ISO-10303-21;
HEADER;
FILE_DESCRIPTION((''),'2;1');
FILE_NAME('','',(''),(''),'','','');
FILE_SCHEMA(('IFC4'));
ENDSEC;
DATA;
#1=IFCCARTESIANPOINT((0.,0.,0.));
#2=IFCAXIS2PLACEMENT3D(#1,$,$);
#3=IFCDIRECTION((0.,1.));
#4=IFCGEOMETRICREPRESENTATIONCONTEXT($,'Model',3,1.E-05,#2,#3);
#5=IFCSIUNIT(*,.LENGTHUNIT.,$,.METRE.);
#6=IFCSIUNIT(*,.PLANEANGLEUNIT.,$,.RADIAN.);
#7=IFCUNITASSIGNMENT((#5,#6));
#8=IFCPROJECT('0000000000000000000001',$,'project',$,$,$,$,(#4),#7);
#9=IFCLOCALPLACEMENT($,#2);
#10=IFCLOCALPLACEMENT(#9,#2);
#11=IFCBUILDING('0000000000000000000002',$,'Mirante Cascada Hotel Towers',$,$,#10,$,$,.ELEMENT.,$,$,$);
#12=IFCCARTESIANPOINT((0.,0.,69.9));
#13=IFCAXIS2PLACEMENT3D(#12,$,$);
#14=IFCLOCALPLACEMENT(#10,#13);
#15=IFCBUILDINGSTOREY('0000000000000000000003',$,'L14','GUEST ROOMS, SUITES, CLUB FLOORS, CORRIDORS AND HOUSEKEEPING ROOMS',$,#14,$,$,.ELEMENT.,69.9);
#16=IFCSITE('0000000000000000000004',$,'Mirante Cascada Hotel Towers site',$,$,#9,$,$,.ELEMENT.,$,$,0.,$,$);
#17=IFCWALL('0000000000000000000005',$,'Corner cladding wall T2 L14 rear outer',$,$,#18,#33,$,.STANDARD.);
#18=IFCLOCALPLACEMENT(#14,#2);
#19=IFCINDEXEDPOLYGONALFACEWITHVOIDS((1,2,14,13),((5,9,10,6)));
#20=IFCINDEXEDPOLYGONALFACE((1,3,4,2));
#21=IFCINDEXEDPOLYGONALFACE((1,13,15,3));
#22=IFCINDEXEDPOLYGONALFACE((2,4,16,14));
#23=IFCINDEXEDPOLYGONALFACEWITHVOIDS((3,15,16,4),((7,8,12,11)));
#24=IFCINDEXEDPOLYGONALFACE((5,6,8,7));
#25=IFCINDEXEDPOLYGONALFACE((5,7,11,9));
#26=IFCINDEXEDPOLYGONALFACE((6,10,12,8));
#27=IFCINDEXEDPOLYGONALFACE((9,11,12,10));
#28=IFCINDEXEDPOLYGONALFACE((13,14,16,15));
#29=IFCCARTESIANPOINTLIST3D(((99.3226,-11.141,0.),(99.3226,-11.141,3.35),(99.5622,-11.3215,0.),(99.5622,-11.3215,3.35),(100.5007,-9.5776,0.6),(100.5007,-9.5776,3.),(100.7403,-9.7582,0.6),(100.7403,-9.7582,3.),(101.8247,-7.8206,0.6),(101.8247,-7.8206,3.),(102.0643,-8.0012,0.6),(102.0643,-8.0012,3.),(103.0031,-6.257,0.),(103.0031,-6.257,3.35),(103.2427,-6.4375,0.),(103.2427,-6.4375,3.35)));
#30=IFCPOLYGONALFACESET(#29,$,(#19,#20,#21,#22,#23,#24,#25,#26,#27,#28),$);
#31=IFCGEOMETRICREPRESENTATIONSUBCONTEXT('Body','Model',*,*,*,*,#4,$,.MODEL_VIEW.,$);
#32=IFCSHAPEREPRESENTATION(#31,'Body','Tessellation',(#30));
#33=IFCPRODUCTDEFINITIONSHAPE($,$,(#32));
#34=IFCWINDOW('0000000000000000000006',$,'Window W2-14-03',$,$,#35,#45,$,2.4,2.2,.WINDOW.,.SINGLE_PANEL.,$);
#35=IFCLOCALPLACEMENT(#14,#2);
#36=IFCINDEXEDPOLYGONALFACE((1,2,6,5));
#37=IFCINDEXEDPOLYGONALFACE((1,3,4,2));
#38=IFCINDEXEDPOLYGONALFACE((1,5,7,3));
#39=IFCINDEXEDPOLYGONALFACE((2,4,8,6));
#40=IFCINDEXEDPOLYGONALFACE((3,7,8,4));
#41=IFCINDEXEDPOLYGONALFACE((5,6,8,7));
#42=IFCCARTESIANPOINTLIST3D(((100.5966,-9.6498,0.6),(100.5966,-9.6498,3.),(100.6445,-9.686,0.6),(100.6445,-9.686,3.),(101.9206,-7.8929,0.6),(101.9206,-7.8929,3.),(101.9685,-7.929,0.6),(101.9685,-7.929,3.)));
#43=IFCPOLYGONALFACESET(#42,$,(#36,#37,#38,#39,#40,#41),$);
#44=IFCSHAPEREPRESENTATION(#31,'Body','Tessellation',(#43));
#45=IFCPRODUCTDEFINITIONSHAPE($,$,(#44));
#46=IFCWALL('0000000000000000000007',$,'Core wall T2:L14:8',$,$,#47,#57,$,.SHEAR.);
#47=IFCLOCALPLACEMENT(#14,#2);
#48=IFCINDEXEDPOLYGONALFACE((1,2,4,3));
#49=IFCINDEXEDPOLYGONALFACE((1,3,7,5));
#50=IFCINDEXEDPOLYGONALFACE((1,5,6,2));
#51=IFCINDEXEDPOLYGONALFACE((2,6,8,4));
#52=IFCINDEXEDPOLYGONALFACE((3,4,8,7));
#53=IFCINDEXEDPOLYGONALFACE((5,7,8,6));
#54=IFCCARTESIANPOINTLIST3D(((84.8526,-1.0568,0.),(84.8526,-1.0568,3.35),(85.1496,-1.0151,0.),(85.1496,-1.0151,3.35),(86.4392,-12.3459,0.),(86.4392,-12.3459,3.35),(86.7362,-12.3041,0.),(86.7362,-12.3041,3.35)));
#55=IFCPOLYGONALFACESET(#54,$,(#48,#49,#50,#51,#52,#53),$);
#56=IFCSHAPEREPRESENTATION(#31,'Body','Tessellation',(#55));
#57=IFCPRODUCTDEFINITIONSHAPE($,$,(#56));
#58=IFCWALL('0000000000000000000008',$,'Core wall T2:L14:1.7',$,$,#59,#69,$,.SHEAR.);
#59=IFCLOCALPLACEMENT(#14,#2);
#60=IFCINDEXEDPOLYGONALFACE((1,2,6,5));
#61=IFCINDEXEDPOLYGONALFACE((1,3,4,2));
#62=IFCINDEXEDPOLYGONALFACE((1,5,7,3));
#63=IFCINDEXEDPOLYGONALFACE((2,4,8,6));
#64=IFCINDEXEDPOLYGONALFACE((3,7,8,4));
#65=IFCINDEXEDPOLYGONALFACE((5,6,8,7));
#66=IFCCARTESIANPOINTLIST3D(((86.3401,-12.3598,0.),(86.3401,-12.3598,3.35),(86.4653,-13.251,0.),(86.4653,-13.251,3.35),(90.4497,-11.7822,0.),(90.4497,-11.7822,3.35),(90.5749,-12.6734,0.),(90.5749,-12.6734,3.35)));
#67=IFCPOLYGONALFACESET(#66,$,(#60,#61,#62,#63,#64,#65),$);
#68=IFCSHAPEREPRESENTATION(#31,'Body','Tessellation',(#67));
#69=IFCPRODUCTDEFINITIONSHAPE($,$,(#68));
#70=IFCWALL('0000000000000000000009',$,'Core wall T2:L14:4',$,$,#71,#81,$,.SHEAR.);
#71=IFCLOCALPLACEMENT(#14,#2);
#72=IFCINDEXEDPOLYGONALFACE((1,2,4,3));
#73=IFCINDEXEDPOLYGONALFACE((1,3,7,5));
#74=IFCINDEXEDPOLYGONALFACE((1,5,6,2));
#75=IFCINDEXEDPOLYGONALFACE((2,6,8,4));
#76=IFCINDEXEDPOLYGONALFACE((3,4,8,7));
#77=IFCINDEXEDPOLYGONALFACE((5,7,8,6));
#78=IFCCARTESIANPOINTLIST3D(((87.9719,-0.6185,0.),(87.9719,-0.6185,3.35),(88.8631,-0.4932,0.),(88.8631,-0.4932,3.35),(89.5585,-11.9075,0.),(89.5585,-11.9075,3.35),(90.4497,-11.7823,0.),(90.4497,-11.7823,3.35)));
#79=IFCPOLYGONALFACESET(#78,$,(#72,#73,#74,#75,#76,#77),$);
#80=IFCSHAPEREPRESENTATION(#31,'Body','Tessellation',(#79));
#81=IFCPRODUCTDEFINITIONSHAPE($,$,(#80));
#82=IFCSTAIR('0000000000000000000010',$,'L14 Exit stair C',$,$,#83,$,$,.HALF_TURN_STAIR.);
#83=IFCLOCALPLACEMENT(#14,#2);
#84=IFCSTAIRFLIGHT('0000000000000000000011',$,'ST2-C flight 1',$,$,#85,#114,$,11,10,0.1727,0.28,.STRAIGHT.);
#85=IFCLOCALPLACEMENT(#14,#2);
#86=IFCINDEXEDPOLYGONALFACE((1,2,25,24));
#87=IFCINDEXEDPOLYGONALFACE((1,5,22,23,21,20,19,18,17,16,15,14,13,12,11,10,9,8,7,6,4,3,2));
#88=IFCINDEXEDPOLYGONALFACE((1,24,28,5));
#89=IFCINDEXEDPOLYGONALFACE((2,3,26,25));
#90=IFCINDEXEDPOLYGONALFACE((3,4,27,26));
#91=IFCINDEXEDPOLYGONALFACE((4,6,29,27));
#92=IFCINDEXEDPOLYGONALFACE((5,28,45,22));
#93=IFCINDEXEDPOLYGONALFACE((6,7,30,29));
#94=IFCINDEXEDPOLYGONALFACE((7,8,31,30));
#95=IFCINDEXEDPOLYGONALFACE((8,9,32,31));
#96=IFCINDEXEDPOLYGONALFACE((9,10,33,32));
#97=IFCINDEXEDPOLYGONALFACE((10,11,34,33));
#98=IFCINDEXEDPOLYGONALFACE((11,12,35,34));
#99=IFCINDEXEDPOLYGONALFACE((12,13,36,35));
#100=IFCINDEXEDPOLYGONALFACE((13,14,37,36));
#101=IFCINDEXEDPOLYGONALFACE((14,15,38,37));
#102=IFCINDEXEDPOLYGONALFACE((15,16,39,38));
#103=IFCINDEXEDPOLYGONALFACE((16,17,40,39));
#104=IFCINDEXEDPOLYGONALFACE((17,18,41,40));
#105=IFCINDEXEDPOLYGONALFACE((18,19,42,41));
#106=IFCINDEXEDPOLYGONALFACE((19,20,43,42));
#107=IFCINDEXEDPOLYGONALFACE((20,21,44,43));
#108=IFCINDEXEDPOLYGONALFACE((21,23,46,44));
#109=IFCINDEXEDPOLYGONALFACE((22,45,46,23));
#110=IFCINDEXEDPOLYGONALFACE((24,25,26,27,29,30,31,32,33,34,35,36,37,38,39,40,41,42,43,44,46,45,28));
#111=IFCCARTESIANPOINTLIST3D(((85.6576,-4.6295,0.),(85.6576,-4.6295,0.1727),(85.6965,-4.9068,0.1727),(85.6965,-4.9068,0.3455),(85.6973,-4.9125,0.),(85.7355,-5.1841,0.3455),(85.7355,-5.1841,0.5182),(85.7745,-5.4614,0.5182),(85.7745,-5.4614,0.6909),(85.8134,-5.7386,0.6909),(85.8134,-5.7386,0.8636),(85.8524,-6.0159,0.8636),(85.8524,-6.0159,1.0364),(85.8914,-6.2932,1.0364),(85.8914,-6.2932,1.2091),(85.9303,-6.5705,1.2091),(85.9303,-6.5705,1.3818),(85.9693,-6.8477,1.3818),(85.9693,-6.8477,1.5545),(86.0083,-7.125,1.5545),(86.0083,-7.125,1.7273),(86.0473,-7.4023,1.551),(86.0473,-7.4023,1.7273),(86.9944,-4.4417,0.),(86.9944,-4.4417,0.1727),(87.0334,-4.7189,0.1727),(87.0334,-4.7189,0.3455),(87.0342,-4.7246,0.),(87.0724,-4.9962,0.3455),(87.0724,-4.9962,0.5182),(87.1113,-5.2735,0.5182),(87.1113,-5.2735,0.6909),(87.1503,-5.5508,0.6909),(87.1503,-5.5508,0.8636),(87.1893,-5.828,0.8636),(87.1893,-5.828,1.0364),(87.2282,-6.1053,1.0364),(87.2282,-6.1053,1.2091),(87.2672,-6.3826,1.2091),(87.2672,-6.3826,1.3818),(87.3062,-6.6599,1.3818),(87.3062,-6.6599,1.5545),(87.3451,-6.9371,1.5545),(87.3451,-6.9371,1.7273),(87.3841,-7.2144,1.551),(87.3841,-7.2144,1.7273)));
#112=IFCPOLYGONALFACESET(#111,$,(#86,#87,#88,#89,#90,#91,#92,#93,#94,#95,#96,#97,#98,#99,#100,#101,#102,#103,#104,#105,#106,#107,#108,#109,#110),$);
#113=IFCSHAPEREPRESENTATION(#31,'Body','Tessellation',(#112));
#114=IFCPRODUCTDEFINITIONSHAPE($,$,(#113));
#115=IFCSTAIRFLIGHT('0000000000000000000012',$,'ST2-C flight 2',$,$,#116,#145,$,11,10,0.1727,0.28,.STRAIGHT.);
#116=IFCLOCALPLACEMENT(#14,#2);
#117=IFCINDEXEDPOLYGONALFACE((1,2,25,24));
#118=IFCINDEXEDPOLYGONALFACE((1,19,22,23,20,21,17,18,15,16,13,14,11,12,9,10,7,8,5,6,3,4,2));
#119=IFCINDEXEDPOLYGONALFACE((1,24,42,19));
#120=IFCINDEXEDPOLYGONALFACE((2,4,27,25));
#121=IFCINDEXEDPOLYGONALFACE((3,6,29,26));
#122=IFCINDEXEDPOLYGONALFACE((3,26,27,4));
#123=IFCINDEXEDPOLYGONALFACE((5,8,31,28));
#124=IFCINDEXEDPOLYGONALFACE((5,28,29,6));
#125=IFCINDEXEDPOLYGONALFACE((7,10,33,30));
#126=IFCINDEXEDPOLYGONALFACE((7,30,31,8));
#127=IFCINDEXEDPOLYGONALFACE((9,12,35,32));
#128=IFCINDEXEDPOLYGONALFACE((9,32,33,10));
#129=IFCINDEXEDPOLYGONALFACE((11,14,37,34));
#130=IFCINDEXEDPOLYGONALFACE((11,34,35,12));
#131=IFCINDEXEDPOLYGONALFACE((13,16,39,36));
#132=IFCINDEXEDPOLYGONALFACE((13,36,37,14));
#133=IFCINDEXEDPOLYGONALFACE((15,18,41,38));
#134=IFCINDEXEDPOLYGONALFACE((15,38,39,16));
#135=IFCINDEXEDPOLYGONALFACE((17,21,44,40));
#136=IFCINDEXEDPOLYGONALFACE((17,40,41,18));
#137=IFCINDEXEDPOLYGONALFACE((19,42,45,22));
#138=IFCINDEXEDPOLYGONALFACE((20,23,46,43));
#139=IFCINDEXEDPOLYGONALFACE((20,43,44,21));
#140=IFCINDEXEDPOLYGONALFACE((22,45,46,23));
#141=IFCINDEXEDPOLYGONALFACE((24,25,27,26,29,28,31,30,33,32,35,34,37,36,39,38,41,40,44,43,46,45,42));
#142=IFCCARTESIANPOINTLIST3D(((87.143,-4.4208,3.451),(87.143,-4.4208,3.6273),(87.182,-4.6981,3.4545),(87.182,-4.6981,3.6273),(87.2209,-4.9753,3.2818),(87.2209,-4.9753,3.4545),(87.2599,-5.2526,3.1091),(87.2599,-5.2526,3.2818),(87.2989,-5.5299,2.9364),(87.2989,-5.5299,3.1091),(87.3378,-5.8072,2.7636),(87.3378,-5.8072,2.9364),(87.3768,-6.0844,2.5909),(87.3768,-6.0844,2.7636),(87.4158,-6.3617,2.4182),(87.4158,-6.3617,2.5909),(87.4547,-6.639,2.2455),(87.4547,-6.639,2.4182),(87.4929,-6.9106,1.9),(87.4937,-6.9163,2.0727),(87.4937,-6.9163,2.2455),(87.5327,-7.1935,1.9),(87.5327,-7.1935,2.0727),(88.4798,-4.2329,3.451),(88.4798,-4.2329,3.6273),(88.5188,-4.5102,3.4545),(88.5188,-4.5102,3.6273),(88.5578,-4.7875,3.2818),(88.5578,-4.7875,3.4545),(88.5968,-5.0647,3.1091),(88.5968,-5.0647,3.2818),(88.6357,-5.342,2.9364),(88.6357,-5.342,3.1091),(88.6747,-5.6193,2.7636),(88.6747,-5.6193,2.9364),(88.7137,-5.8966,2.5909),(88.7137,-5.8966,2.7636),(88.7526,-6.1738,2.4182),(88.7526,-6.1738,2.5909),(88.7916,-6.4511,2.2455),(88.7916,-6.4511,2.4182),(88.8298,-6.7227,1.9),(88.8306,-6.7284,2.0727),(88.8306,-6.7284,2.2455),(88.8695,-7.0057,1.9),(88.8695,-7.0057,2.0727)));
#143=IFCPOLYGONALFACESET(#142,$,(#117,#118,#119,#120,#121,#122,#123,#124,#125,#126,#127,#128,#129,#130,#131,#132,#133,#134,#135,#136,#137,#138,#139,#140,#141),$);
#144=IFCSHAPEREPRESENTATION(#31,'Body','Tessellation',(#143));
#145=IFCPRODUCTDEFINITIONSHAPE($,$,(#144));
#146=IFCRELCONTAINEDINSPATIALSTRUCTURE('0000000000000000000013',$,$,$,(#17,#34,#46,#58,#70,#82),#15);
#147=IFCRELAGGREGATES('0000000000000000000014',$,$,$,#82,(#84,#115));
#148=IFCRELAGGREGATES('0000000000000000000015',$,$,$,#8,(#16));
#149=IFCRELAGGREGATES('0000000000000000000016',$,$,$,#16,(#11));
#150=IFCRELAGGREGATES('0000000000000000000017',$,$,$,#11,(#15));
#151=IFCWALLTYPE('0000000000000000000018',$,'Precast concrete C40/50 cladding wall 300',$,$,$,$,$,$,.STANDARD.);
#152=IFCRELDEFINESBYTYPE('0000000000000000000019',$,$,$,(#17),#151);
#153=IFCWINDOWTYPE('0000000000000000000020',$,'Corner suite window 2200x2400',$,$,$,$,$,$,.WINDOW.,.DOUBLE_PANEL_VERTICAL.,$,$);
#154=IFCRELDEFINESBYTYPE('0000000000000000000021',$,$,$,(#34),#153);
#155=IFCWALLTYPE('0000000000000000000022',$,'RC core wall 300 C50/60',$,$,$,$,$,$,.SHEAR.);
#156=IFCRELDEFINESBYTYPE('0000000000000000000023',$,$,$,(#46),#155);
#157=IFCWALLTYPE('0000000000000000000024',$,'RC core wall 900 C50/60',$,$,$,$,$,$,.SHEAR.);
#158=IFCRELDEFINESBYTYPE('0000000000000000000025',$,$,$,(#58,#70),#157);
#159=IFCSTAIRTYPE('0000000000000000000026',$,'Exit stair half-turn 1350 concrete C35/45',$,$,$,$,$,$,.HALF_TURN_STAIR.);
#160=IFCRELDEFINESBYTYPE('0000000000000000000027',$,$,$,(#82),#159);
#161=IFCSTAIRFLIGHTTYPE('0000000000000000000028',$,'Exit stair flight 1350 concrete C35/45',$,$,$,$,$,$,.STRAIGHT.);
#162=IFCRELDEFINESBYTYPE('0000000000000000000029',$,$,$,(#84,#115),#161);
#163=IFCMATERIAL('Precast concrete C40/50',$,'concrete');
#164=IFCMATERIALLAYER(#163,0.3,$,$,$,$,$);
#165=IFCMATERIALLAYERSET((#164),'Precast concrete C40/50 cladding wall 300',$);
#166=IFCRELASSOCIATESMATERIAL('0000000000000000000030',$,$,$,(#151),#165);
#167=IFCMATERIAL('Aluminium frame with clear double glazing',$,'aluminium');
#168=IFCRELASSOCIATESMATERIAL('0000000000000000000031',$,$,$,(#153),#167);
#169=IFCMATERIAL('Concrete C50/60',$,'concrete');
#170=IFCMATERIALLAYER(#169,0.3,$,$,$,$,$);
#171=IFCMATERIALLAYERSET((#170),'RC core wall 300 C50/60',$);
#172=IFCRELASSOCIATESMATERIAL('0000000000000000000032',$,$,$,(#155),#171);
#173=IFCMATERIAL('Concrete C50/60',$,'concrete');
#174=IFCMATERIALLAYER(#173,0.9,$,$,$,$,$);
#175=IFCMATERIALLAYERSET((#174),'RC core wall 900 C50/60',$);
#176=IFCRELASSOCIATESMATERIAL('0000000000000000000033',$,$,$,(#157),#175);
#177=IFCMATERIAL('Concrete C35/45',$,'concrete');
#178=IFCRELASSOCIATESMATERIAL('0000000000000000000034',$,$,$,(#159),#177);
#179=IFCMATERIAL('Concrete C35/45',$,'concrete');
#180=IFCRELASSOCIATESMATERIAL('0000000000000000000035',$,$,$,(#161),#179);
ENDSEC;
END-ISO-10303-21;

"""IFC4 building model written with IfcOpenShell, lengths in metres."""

from ifc_helpers import new_model, si_unit, direction, frame, frame_2d, origin, place, context, subcontext, project, spatial, polyline, rectangle, outline, extrude, material, layer, layer_set, type_object, element, fill, aggregate, save


model = new_model("IFC4")

# Units and contexts
model_context = context("Model", 3, precision=1e-05, world=origin(), true_north=direction((0.0, 1.0)))
body_context = subcontext(model_context, "Body", "Model", "MODEL_VIEW")
ifc_project = project(units=[si_unit("LENGTHUNIT", "METRE"), si_unit("PLANEANGLEUNIT", "RADIAN")], contexts=[model_context])

# Site, building, storey
site_placement = place(None, origin())
site = spatial("IfcSite", under=ifc_project, at=site_placement, Name="Mirante Cascada Hotel Towers site", CompositionType="ELEMENT", RefElevation=0.0)
building_placement = place(site_placement, origin())
building = spatial("IfcBuilding", under=site, at=building_placement, Name="Mirante Cascada Hotel Towers", CompositionType="ELEMENT")
storey_placement = place(building_placement, frame((0.0, 0.0, 69.9)))
storey = spatial("IfcBuildingStorey", under=building, at=storey_placement, Name="L14", Description="GUEST ROOMS, SUITES, CLUB FLOORS, CORRIDORS AND HOUSEKEEPING ROOMS", CompositionType="ELEMENT", Elevation=69.9)

# Shared definitions
ifc_material_1 = material(Name="Precast concrete C40/50", Category="concrete")
ifc_layer_1 = layer(ifc_material_1, 0.3)
ifc_layer_set_1 = layer_set([ifc_layer_1], Name="Precast concrete C40/50 cladding wall 300")
wall_type_1 = type_object("IfcWallType", Name="Precast concrete C40/50 cladding wall 300", PredefinedType="STANDARD", material=ifc_layer_set_1)

# Wall, opening, window
wall_1_placement = place(storey_placement, frame((99.4424, -11.2313, 0.0), z_axis=(0.0, 0.0, 1.0), x_axis=(0.601819, 0.798632, 0.0)))
wall_1 = element("IfcWall", 1, at=wall_1_placement, inside=storey, type_object=wall_type_1, Name="Corner cladding wall T2 L14 rear outer", PredefinedType="STANDARD", context=body_context, shape_type="SweptSolid", body=[
    extrude(rectangle(XDim=6.1155, YDim=0.3, at=frame_2d((3.0578, 0.0))), origin(), (0.0, 0.0, 1.0), 3.35),
])
opening_1_placement = place(wall_1_placement, frame((1.9576, 0.0, 0.6)))
opening_1 = element("IfcOpeningElement", 2, at=opening_1_placement, cuts=wall_1, PredefinedType="OPENING", context=body_context, shape_type="SweptSolid", body=[
    extrude(rectangle(XDim=2.2, YDim=2.4, at=frame_2d((1.1, 1.2))), frame((0.0, 0.15, 0.0), z_axis=(0.0, -1.0, 0.0), x_axis=(1.0, 0.0, 0.0)), (0.0, 0.0, 1.0), 0.3),
])
ifc_material_2 = material(Name="Aluminium frame with clear double glazing", Category="aluminium")
window_type_1 = type_object("IfcWindowType", Name="Corner suite window 2200x2400", PartitioningType="DOUBLE_PANEL_VERTICAL", PredefinedType="WINDOW", material=ifc_material_2)
window_1_placement = place(opening_1_placement, origin())
window_1 = element("IfcWindow", 3, at=window_1_placement, inside=storey, type_object=window_type_1, Name="Window W2-14-03", OverallHeight=2.4, OverallWidth=2.2, PartitioningType="SINGLE_PANEL", PredefinedType="WINDOW", context=body_context, shape_type="SweptSolid", body=[
    extrude(rectangle(XDim=2.2, YDim=2.4, at=frame_2d((1.1, 1.2))), frame((0.0, 0.03, 0.0), z_axis=(0.0, -1.0, 0.0), x_axis=(1.0, 0.0, 0.0)), (0.0, 0.0, 1.0), 0.06),
])
fill(opening_1, window_1)

# Walls
ifc_material_3 = material(Name="Concrete C50/60", Category="concrete")
ifc_layer_2 = layer(ifc_material_3, 0.3)
ifc_layer_set_2 = layer_set([ifc_layer_2], Name="RC core wall 300 C50/60")
wall_type_2 = type_object("IfcWallType", Name="RC core wall 300 C50/60", PredefinedType="SHEAR", material=ifc_layer_set_2)
wall_2_placement = place(storey_placement, frame((86.5877, -12.325, 0.0), z_axis=(0.0, 0.0, 1.0), x_axis=(-0.139175, 0.990268, 0.0)))
element("IfcWall", 4, at=wall_2_placement, inside=storey, type_object=wall_type_2, Name="Core wall T2:L14:8", PredefinedType="SHEAR", context=body_context, shape_type="SweptSolid", body=[
    extrude(rectangle(XDim=11.4, YDim=0.3, at=frame_2d((5.7, 0.0))), origin(), (0.0, 0.0, 1.0), 3.35),
])
ifc_material_4 = material(Name="Concrete C50/60", Category="concrete")
ifc_layer_3 = layer(ifc_material_4, 0.9)
ifc_layer_set_3 = layer_set([ifc_layer_3], Name="RC core wall 900 C50/60")
wall_type_3 = type_object("IfcWallType", Name="RC core wall 900 C50/60", PredefinedType="SHEAR", material=ifc_layer_set_3)
wall_3_placement = place(storey_placement, frame((86.4027, -12.8054, 0.0), z_axis=(0.0, 0.0, 1.0), x_axis=(0.990267, 0.139181, 0.0)))
element("IfcWall", 5, at=wall_3_placement, inside=storey, type_object=wall_type_3, Name="Core wall T2:L14:1.7", PredefinedType="SHEAR", context=body_context, shape_type="SweptSolid", body=[
    extrude(rectangle(XDim=4.15, YDim=0.9, at=frame_2d((2.075, 0.0))), origin(), (0.0, 0.0, 1.0), 3.35),
])
wall_4_placement = place(storey_placement, frame((90.0041, -11.8449, 0.0), z_axis=(0.0, 0.0, 1.0), x_axis=(-0.139175, 0.990268, 0.0)))
element("IfcWall", 6, at=wall_4_placement, inside=storey, type_object=wall_type_3, Name="Core wall T2:L14:4", PredefinedType="SHEAR", context=body_context, shape_type="SweptSolid", body=[
    extrude(rectangle(XDim=11.4, YDim=0.9, at=frame_2d((5.7, 0.0))), origin(), (0.0, 0.0, 1.0), 3.35),
])

# Stair, stair flights
ifc_material_5 = material(Name="Concrete C35/45", Category="concrete")
stair_type = type_object("IfcStairType", Name="Exit stair half-turn 1350 concrete C35/45", PredefinedType="HALF_TURN_STAIR", material=ifc_material_5)
stair_placement = place(storey_placement, origin())
stair = element("IfcStair", 7, at=stair_placement, inside=storey, type_object=stair_type, Name="L14 Exit stair C", PredefinedType="HALF_TURN_STAIR")
ifc_material_6 = material(Name="Concrete C35/45", Category="concrete")
stair_flight_type = type_object("IfcStairFlightType", Name="Exit stair flight 1350 concrete C35/45", PredefinedType="STRAIGHT", material=ifc_material_6)
stair_flight_1_placement = place(storey_placement, frame((86.326, -4.5356, 0.0), z_axis=(0.0, 0.0, 1.0), x_axis=(0.139173, -0.990268, 0.0)))
stair_flight_1 = element("IfcStairFlight", 8, at=stair_flight_1_placement, type_object=stair_flight_type, Name="ST2-C flight 1", NumberOfRisers=11, NumberOfTreads=10, PredefinedType="STRAIGHT", RiserHeight=0.1727, TreadLength=0.28, context=body_context, shape_type="SweptSolid", body=[
    extrude(outline(polyline([(0.0, 0.0), (0.0, 0.1727), (0.28, 0.1727), (0.28, 0.3455), (0.56, 0.3455), (0.56, 0.5182), (0.84, 0.5182), (0.84, 0.6909), (1.12, 0.6909), (1.12, 0.8636), (1.4, 0.8636), (1.4, 1.0364), (1.68, 1.0364), (1.68, 1.2091), (1.96, 1.2091), (1.96, 1.3818), (2.24, 1.3818), (2.24, 1.5545), (2.52, 1.5545), (2.52, 1.7273), (2.8, 1.7273), (2.8, 1.9), (2.8, 1.551), (0.2857, 0.0), (0.0, 0.0)])), frame((0.0, 0.675, 0.0), z_axis=(0.0, -1.0, 0.0), x_axis=(1.0, 0.0, 0.0)), (0.0, 0.0, 1.0), 1.35),
])
stair_flight_2_placement = place(storey_placement, frame((88.2011, -7.0996, 1.9), z_axis=(0.0, 0.0, 1.0), x_axis=(-0.139173, 0.990268, 0.0)))
stair_flight_2 = element("IfcStairFlight", 9, at=stair_flight_2_placement, type_object=stair_flight_type, Name="ST2-C flight 2", NumberOfRisers=11, NumberOfTreads=10, PredefinedType="STRAIGHT", RiserHeight=0.1727, TreadLength=0.28, context=body_context, shape_type="SweptSolid", body=[
    extrude(outline(polyline([(0.0, 0.0), (0.0, 0.1727), (0.28, 0.1727), (0.28, 0.3455), (0.56, 0.3455), (0.56, 0.5182), (0.84, 0.5182), (0.84, 0.6909), (1.12, 0.6909), (1.12, 0.8636), (1.4, 0.8636), (1.4, 1.0364), (1.68, 1.0364), (1.68, 1.2091), (1.96, 1.2091), (1.96, 1.3818), (2.24, 1.3818), (2.24, 1.5545), (2.52, 1.5545), (2.52, 1.7273), (2.8, 1.7273), (2.8, 1.9), (2.8, 1.551), (0.2857, 0.0), (0.0, 0.0)])), frame((0.0, 0.675, 0.0), z_axis=(0.0, -1.0, 0.0), x_axis=(1.0, 0.0, 0.0)), (0.0, 0.0, 1.0), 1.35),
])
aggregate(stair, [stair_flight_1, stair_flight_2])

save(model, "model.ifc")
